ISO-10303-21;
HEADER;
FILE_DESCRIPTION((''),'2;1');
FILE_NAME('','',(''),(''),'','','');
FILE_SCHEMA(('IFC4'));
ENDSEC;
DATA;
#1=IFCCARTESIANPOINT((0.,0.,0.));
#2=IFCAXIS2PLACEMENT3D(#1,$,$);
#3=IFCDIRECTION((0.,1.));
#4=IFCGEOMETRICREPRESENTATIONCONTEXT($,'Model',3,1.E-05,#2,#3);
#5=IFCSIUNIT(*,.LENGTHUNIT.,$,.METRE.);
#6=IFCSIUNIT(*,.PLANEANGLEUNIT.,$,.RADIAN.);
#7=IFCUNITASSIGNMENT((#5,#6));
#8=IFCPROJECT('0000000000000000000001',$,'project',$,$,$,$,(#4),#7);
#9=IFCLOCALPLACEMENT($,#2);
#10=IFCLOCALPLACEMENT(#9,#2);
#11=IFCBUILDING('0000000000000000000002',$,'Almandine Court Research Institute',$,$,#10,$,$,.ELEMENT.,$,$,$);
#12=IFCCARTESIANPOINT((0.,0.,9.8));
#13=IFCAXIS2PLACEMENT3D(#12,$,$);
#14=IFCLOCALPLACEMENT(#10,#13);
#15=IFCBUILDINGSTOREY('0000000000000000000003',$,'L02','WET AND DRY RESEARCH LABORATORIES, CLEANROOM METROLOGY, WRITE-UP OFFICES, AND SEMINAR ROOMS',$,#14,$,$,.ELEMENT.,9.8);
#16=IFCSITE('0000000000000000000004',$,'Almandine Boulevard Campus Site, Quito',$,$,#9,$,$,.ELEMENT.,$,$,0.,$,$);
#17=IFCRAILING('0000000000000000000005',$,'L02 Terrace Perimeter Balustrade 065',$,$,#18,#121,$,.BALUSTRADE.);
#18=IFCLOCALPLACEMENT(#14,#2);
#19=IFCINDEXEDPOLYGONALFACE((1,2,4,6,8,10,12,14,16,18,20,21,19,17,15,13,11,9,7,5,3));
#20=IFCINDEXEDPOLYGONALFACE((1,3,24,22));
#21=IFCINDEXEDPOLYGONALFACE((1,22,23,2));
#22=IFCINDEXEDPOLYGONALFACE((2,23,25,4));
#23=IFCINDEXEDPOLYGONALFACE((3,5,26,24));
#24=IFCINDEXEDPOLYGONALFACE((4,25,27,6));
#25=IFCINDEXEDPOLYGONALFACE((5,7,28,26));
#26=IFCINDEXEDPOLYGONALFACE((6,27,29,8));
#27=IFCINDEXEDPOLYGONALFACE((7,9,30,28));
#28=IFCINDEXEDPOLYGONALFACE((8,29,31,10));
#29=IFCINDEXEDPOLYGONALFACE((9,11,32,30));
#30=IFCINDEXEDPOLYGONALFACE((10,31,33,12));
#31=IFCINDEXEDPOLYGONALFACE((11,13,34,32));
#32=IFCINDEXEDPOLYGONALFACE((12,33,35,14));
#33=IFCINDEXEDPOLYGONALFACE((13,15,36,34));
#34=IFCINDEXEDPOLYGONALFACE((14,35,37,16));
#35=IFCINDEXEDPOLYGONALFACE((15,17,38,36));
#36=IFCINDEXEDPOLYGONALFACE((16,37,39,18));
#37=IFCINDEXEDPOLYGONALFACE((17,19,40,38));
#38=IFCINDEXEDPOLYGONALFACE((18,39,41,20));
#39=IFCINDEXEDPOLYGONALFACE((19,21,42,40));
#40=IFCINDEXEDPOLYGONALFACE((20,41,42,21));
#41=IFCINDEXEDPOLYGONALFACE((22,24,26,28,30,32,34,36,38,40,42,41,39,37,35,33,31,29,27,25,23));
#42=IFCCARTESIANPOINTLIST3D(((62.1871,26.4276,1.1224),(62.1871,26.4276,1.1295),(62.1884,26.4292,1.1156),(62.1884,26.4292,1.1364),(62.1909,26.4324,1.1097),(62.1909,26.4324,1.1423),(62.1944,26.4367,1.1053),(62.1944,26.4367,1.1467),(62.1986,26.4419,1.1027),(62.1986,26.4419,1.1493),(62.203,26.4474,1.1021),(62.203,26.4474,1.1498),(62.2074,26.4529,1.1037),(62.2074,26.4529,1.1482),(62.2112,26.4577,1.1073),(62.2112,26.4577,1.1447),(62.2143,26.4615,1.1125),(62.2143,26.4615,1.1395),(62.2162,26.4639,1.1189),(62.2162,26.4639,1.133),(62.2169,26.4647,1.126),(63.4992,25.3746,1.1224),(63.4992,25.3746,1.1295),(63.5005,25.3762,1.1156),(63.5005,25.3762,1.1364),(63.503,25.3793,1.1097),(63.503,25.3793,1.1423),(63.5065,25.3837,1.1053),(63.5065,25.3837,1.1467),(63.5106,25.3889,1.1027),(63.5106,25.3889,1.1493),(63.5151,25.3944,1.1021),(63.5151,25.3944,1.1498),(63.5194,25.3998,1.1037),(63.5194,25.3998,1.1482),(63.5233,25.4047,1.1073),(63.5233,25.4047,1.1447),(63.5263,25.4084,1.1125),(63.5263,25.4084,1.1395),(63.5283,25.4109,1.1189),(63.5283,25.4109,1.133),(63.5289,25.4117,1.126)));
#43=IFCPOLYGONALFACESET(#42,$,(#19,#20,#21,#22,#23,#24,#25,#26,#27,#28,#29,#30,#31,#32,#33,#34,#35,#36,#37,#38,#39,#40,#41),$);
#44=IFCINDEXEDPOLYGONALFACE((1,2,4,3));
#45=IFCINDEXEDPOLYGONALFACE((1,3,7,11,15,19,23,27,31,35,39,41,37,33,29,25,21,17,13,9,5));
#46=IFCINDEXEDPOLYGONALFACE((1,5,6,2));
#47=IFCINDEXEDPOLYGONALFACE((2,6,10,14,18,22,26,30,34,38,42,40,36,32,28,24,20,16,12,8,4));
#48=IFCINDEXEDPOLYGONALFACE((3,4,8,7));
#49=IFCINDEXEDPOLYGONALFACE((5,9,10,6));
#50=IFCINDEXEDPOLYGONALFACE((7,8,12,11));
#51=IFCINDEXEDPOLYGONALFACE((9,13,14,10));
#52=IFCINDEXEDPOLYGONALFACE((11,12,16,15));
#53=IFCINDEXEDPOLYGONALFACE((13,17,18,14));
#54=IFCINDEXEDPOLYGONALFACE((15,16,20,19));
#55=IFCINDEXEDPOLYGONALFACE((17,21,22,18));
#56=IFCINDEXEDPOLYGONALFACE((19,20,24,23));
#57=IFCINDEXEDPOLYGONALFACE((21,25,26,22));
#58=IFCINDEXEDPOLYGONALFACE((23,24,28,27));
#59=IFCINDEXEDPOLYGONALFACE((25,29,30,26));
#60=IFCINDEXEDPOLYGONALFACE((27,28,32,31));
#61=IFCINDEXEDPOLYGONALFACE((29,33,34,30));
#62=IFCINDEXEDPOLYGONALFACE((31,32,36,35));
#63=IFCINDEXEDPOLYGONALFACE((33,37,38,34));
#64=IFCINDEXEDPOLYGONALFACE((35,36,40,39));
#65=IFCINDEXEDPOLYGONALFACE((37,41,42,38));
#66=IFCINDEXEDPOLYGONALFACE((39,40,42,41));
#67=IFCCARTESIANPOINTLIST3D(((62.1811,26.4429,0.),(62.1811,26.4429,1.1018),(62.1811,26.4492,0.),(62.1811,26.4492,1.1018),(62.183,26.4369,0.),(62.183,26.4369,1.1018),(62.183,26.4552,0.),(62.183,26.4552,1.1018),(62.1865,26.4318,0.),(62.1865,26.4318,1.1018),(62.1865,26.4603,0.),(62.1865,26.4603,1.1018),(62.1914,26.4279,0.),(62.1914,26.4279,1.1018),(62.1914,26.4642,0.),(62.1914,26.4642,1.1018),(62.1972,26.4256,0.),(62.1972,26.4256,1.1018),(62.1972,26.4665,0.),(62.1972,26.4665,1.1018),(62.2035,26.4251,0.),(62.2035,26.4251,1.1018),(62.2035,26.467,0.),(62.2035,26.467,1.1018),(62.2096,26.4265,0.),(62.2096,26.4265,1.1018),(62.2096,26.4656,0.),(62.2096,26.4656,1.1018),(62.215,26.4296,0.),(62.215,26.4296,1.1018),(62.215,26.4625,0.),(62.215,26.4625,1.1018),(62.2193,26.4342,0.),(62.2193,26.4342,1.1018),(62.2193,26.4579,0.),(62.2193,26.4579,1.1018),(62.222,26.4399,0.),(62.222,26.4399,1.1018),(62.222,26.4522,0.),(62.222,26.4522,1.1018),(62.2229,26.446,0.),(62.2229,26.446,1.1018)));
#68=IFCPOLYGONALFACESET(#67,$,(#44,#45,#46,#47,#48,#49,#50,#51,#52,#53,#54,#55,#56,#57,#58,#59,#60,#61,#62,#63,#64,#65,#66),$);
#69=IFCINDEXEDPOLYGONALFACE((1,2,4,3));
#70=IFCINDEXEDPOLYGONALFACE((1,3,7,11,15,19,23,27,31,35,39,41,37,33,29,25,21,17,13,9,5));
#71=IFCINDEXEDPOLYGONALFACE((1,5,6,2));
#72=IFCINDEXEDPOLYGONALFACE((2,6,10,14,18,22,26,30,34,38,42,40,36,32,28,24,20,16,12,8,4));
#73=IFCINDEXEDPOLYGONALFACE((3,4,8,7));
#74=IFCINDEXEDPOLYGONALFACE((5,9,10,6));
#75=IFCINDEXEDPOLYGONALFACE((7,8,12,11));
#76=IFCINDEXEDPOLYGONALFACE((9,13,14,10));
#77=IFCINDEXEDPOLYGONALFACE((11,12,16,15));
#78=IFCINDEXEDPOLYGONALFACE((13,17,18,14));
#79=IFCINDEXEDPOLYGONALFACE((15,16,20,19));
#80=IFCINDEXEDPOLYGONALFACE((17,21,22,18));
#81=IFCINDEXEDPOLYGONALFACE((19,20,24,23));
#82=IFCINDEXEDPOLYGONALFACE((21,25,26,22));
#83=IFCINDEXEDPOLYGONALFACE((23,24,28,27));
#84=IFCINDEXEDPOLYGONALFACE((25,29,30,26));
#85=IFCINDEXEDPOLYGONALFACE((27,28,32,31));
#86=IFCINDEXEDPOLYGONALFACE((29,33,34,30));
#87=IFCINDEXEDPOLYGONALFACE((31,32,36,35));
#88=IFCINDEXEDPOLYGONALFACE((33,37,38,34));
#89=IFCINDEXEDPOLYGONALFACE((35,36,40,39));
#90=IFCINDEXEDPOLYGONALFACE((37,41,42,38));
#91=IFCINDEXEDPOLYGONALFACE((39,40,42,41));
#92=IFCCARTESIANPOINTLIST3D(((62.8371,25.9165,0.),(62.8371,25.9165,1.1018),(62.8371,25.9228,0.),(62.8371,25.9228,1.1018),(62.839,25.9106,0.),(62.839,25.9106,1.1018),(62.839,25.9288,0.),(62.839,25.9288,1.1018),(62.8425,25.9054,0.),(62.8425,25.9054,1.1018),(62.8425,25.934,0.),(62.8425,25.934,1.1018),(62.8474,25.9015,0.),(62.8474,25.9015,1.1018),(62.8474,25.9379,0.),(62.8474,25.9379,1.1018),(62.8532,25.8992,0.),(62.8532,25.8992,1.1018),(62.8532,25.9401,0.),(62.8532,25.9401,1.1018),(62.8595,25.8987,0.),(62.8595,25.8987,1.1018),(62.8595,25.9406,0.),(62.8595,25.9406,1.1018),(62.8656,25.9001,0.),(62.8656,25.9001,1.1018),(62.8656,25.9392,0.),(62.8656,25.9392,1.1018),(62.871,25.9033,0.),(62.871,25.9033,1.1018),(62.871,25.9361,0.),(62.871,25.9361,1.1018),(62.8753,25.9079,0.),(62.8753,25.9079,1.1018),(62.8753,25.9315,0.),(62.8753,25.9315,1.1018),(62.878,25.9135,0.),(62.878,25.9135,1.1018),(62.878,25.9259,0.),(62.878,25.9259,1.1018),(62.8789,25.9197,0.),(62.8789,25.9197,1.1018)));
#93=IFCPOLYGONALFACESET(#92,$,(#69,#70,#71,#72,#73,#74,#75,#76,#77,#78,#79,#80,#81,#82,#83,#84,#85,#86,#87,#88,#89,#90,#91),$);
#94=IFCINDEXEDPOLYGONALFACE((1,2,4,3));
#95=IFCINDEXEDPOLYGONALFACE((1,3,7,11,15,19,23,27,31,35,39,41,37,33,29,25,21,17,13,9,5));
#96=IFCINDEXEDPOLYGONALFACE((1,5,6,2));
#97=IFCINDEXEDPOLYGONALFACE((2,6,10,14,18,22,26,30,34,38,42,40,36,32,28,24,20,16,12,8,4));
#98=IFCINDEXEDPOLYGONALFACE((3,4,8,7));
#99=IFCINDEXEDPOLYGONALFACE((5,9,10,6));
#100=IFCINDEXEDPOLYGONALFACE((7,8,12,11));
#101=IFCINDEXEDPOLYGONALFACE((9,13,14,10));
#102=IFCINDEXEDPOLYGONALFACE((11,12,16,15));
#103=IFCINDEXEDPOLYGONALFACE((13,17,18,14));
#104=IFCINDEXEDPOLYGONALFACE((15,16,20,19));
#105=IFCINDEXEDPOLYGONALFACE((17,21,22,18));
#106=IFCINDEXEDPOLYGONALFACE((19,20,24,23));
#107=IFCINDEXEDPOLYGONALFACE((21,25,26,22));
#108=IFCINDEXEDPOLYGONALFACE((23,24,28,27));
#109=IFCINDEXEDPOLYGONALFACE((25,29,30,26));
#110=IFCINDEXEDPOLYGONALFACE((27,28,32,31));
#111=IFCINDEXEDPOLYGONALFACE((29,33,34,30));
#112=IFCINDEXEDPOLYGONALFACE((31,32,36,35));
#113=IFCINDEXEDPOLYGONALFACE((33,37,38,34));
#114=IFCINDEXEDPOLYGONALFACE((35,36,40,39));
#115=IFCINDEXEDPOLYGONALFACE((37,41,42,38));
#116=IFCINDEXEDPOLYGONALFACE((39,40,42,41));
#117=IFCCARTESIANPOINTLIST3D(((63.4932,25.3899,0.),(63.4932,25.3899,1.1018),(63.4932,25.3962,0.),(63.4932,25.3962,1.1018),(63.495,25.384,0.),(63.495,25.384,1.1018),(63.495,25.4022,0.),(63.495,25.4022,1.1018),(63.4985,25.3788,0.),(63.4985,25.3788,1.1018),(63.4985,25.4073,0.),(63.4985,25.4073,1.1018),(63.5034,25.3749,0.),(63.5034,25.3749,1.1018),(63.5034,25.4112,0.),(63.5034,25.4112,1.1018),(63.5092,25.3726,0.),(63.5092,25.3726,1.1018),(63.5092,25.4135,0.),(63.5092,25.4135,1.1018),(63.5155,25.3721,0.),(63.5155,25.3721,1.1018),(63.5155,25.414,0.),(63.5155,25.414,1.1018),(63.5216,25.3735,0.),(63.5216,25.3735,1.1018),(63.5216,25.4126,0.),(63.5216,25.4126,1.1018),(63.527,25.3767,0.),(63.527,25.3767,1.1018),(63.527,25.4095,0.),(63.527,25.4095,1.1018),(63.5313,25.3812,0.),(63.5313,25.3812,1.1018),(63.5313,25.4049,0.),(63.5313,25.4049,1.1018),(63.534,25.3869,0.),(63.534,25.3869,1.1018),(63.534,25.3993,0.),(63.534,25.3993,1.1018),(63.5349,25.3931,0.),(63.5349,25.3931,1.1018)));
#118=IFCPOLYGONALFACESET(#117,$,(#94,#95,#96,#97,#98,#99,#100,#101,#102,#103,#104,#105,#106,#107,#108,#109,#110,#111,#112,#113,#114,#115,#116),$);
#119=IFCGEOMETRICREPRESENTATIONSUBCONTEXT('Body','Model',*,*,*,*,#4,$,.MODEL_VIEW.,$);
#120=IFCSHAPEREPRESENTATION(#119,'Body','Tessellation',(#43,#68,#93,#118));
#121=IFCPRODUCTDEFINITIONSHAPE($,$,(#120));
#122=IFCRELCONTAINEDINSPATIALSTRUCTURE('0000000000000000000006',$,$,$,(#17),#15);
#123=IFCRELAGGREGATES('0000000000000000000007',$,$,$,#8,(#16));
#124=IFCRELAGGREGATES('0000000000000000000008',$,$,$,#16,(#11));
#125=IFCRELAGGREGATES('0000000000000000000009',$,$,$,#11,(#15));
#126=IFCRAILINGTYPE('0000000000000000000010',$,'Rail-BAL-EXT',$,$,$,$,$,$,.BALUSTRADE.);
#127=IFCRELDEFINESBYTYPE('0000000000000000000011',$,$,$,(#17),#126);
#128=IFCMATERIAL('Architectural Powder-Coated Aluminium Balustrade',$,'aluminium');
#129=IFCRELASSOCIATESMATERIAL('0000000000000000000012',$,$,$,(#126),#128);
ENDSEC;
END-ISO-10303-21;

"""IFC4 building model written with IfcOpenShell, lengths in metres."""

from ifc_helpers import new_model, si_unit, direction, frame, origin, origin_2d, place, context, subcontext, project, spatial, circle, extrude, material, type_object, element, save


model = new_model("IFC4")

# Units and contexts
model_context = context("Model", 3, precision=1e-05, world=origin(), true_north=direction((0.0, 1.0)))
body_context = subcontext(model_context, "Body", "Model", "MODEL_VIEW")
ifc_project = project(units=[si_unit("LENGTHUNIT", "METRE"), si_unit("PLANEANGLEUNIT", "RADIAN")], contexts=[model_context])

# Site, building, storey
site_placement = place(None, origin())
site = spatial("IfcSite", under=ifc_project, at=site_placement, Name="Almandine Boulevard Campus Site, Quito", CompositionType="ELEMENT", RefElevation=0.0)
building_placement = place(site_placement, origin())
building = spatial("IfcBuilding", under=site, at=building_placement, Name="Almandine Court Research Institute", CompositionType="ELEMENT")
storey_placement = place(building_placement, frame((0.0, 0.0, 9.8)))
storey = spatial("IfcBuildingStorey", under=building, at=storey_placement, Name="L02", Description="WET AND DRY RESEARCH LABORATORIES, CLEANROOM METROLOGY, WRITE-UP OFFICES, AND SEMINAR ROOMS", CompositionType="ELEMENT", Elevation=9.8)

# Railing
ifc_material_1 = material(Name="Architectural Powder-Coated Aluminium Balustrade", Category="aluminium")
railing_type = type_object("IfcRailingType", Name="Rail-BAL-EXT", PredefinedType="BALUSTRADE", material=ifc_material_1)
railing_1_placement = place(storey_placement, frame((62.2019, 26.446, 0.0)))
element("IfcRailing", 1, at=railing_1_placement, inside=storey, type_object=railing_type, Name="L02 Terrace Perimeter Balustrade 065", PredefinedType="BALUSTRADE", context=body_context, shape_type="SweptSolid", body=[
    extrude(circle(Radius=0.0239, at=origin_2d()), frame((0.0, 0.0, 1.126), z_axis=(0.779891, -0.625915, 0.0), x_axis=(0.625915, 0.779891, 0.0)), (0.0, 0.0, 1.0), 1.6824),
    extrude(circle(Radius=0.021, at=origin_2d()), origin(), (0.0, 0.0, 1.0), 1.1018),
    extrude(circle(Radius=0.021, at=origin_2d()), frame((0.656, -0.5264, 0.0)), (0.0, 0.0, 1.0), 1.1018),
    extrude(circle(Radius=0.021, at=origin_2d()), frame((1.312, -1.053, 0.0)), (0.0, 0.0, 1.0), 1.1018),
])

save(model, "model.ifc")
